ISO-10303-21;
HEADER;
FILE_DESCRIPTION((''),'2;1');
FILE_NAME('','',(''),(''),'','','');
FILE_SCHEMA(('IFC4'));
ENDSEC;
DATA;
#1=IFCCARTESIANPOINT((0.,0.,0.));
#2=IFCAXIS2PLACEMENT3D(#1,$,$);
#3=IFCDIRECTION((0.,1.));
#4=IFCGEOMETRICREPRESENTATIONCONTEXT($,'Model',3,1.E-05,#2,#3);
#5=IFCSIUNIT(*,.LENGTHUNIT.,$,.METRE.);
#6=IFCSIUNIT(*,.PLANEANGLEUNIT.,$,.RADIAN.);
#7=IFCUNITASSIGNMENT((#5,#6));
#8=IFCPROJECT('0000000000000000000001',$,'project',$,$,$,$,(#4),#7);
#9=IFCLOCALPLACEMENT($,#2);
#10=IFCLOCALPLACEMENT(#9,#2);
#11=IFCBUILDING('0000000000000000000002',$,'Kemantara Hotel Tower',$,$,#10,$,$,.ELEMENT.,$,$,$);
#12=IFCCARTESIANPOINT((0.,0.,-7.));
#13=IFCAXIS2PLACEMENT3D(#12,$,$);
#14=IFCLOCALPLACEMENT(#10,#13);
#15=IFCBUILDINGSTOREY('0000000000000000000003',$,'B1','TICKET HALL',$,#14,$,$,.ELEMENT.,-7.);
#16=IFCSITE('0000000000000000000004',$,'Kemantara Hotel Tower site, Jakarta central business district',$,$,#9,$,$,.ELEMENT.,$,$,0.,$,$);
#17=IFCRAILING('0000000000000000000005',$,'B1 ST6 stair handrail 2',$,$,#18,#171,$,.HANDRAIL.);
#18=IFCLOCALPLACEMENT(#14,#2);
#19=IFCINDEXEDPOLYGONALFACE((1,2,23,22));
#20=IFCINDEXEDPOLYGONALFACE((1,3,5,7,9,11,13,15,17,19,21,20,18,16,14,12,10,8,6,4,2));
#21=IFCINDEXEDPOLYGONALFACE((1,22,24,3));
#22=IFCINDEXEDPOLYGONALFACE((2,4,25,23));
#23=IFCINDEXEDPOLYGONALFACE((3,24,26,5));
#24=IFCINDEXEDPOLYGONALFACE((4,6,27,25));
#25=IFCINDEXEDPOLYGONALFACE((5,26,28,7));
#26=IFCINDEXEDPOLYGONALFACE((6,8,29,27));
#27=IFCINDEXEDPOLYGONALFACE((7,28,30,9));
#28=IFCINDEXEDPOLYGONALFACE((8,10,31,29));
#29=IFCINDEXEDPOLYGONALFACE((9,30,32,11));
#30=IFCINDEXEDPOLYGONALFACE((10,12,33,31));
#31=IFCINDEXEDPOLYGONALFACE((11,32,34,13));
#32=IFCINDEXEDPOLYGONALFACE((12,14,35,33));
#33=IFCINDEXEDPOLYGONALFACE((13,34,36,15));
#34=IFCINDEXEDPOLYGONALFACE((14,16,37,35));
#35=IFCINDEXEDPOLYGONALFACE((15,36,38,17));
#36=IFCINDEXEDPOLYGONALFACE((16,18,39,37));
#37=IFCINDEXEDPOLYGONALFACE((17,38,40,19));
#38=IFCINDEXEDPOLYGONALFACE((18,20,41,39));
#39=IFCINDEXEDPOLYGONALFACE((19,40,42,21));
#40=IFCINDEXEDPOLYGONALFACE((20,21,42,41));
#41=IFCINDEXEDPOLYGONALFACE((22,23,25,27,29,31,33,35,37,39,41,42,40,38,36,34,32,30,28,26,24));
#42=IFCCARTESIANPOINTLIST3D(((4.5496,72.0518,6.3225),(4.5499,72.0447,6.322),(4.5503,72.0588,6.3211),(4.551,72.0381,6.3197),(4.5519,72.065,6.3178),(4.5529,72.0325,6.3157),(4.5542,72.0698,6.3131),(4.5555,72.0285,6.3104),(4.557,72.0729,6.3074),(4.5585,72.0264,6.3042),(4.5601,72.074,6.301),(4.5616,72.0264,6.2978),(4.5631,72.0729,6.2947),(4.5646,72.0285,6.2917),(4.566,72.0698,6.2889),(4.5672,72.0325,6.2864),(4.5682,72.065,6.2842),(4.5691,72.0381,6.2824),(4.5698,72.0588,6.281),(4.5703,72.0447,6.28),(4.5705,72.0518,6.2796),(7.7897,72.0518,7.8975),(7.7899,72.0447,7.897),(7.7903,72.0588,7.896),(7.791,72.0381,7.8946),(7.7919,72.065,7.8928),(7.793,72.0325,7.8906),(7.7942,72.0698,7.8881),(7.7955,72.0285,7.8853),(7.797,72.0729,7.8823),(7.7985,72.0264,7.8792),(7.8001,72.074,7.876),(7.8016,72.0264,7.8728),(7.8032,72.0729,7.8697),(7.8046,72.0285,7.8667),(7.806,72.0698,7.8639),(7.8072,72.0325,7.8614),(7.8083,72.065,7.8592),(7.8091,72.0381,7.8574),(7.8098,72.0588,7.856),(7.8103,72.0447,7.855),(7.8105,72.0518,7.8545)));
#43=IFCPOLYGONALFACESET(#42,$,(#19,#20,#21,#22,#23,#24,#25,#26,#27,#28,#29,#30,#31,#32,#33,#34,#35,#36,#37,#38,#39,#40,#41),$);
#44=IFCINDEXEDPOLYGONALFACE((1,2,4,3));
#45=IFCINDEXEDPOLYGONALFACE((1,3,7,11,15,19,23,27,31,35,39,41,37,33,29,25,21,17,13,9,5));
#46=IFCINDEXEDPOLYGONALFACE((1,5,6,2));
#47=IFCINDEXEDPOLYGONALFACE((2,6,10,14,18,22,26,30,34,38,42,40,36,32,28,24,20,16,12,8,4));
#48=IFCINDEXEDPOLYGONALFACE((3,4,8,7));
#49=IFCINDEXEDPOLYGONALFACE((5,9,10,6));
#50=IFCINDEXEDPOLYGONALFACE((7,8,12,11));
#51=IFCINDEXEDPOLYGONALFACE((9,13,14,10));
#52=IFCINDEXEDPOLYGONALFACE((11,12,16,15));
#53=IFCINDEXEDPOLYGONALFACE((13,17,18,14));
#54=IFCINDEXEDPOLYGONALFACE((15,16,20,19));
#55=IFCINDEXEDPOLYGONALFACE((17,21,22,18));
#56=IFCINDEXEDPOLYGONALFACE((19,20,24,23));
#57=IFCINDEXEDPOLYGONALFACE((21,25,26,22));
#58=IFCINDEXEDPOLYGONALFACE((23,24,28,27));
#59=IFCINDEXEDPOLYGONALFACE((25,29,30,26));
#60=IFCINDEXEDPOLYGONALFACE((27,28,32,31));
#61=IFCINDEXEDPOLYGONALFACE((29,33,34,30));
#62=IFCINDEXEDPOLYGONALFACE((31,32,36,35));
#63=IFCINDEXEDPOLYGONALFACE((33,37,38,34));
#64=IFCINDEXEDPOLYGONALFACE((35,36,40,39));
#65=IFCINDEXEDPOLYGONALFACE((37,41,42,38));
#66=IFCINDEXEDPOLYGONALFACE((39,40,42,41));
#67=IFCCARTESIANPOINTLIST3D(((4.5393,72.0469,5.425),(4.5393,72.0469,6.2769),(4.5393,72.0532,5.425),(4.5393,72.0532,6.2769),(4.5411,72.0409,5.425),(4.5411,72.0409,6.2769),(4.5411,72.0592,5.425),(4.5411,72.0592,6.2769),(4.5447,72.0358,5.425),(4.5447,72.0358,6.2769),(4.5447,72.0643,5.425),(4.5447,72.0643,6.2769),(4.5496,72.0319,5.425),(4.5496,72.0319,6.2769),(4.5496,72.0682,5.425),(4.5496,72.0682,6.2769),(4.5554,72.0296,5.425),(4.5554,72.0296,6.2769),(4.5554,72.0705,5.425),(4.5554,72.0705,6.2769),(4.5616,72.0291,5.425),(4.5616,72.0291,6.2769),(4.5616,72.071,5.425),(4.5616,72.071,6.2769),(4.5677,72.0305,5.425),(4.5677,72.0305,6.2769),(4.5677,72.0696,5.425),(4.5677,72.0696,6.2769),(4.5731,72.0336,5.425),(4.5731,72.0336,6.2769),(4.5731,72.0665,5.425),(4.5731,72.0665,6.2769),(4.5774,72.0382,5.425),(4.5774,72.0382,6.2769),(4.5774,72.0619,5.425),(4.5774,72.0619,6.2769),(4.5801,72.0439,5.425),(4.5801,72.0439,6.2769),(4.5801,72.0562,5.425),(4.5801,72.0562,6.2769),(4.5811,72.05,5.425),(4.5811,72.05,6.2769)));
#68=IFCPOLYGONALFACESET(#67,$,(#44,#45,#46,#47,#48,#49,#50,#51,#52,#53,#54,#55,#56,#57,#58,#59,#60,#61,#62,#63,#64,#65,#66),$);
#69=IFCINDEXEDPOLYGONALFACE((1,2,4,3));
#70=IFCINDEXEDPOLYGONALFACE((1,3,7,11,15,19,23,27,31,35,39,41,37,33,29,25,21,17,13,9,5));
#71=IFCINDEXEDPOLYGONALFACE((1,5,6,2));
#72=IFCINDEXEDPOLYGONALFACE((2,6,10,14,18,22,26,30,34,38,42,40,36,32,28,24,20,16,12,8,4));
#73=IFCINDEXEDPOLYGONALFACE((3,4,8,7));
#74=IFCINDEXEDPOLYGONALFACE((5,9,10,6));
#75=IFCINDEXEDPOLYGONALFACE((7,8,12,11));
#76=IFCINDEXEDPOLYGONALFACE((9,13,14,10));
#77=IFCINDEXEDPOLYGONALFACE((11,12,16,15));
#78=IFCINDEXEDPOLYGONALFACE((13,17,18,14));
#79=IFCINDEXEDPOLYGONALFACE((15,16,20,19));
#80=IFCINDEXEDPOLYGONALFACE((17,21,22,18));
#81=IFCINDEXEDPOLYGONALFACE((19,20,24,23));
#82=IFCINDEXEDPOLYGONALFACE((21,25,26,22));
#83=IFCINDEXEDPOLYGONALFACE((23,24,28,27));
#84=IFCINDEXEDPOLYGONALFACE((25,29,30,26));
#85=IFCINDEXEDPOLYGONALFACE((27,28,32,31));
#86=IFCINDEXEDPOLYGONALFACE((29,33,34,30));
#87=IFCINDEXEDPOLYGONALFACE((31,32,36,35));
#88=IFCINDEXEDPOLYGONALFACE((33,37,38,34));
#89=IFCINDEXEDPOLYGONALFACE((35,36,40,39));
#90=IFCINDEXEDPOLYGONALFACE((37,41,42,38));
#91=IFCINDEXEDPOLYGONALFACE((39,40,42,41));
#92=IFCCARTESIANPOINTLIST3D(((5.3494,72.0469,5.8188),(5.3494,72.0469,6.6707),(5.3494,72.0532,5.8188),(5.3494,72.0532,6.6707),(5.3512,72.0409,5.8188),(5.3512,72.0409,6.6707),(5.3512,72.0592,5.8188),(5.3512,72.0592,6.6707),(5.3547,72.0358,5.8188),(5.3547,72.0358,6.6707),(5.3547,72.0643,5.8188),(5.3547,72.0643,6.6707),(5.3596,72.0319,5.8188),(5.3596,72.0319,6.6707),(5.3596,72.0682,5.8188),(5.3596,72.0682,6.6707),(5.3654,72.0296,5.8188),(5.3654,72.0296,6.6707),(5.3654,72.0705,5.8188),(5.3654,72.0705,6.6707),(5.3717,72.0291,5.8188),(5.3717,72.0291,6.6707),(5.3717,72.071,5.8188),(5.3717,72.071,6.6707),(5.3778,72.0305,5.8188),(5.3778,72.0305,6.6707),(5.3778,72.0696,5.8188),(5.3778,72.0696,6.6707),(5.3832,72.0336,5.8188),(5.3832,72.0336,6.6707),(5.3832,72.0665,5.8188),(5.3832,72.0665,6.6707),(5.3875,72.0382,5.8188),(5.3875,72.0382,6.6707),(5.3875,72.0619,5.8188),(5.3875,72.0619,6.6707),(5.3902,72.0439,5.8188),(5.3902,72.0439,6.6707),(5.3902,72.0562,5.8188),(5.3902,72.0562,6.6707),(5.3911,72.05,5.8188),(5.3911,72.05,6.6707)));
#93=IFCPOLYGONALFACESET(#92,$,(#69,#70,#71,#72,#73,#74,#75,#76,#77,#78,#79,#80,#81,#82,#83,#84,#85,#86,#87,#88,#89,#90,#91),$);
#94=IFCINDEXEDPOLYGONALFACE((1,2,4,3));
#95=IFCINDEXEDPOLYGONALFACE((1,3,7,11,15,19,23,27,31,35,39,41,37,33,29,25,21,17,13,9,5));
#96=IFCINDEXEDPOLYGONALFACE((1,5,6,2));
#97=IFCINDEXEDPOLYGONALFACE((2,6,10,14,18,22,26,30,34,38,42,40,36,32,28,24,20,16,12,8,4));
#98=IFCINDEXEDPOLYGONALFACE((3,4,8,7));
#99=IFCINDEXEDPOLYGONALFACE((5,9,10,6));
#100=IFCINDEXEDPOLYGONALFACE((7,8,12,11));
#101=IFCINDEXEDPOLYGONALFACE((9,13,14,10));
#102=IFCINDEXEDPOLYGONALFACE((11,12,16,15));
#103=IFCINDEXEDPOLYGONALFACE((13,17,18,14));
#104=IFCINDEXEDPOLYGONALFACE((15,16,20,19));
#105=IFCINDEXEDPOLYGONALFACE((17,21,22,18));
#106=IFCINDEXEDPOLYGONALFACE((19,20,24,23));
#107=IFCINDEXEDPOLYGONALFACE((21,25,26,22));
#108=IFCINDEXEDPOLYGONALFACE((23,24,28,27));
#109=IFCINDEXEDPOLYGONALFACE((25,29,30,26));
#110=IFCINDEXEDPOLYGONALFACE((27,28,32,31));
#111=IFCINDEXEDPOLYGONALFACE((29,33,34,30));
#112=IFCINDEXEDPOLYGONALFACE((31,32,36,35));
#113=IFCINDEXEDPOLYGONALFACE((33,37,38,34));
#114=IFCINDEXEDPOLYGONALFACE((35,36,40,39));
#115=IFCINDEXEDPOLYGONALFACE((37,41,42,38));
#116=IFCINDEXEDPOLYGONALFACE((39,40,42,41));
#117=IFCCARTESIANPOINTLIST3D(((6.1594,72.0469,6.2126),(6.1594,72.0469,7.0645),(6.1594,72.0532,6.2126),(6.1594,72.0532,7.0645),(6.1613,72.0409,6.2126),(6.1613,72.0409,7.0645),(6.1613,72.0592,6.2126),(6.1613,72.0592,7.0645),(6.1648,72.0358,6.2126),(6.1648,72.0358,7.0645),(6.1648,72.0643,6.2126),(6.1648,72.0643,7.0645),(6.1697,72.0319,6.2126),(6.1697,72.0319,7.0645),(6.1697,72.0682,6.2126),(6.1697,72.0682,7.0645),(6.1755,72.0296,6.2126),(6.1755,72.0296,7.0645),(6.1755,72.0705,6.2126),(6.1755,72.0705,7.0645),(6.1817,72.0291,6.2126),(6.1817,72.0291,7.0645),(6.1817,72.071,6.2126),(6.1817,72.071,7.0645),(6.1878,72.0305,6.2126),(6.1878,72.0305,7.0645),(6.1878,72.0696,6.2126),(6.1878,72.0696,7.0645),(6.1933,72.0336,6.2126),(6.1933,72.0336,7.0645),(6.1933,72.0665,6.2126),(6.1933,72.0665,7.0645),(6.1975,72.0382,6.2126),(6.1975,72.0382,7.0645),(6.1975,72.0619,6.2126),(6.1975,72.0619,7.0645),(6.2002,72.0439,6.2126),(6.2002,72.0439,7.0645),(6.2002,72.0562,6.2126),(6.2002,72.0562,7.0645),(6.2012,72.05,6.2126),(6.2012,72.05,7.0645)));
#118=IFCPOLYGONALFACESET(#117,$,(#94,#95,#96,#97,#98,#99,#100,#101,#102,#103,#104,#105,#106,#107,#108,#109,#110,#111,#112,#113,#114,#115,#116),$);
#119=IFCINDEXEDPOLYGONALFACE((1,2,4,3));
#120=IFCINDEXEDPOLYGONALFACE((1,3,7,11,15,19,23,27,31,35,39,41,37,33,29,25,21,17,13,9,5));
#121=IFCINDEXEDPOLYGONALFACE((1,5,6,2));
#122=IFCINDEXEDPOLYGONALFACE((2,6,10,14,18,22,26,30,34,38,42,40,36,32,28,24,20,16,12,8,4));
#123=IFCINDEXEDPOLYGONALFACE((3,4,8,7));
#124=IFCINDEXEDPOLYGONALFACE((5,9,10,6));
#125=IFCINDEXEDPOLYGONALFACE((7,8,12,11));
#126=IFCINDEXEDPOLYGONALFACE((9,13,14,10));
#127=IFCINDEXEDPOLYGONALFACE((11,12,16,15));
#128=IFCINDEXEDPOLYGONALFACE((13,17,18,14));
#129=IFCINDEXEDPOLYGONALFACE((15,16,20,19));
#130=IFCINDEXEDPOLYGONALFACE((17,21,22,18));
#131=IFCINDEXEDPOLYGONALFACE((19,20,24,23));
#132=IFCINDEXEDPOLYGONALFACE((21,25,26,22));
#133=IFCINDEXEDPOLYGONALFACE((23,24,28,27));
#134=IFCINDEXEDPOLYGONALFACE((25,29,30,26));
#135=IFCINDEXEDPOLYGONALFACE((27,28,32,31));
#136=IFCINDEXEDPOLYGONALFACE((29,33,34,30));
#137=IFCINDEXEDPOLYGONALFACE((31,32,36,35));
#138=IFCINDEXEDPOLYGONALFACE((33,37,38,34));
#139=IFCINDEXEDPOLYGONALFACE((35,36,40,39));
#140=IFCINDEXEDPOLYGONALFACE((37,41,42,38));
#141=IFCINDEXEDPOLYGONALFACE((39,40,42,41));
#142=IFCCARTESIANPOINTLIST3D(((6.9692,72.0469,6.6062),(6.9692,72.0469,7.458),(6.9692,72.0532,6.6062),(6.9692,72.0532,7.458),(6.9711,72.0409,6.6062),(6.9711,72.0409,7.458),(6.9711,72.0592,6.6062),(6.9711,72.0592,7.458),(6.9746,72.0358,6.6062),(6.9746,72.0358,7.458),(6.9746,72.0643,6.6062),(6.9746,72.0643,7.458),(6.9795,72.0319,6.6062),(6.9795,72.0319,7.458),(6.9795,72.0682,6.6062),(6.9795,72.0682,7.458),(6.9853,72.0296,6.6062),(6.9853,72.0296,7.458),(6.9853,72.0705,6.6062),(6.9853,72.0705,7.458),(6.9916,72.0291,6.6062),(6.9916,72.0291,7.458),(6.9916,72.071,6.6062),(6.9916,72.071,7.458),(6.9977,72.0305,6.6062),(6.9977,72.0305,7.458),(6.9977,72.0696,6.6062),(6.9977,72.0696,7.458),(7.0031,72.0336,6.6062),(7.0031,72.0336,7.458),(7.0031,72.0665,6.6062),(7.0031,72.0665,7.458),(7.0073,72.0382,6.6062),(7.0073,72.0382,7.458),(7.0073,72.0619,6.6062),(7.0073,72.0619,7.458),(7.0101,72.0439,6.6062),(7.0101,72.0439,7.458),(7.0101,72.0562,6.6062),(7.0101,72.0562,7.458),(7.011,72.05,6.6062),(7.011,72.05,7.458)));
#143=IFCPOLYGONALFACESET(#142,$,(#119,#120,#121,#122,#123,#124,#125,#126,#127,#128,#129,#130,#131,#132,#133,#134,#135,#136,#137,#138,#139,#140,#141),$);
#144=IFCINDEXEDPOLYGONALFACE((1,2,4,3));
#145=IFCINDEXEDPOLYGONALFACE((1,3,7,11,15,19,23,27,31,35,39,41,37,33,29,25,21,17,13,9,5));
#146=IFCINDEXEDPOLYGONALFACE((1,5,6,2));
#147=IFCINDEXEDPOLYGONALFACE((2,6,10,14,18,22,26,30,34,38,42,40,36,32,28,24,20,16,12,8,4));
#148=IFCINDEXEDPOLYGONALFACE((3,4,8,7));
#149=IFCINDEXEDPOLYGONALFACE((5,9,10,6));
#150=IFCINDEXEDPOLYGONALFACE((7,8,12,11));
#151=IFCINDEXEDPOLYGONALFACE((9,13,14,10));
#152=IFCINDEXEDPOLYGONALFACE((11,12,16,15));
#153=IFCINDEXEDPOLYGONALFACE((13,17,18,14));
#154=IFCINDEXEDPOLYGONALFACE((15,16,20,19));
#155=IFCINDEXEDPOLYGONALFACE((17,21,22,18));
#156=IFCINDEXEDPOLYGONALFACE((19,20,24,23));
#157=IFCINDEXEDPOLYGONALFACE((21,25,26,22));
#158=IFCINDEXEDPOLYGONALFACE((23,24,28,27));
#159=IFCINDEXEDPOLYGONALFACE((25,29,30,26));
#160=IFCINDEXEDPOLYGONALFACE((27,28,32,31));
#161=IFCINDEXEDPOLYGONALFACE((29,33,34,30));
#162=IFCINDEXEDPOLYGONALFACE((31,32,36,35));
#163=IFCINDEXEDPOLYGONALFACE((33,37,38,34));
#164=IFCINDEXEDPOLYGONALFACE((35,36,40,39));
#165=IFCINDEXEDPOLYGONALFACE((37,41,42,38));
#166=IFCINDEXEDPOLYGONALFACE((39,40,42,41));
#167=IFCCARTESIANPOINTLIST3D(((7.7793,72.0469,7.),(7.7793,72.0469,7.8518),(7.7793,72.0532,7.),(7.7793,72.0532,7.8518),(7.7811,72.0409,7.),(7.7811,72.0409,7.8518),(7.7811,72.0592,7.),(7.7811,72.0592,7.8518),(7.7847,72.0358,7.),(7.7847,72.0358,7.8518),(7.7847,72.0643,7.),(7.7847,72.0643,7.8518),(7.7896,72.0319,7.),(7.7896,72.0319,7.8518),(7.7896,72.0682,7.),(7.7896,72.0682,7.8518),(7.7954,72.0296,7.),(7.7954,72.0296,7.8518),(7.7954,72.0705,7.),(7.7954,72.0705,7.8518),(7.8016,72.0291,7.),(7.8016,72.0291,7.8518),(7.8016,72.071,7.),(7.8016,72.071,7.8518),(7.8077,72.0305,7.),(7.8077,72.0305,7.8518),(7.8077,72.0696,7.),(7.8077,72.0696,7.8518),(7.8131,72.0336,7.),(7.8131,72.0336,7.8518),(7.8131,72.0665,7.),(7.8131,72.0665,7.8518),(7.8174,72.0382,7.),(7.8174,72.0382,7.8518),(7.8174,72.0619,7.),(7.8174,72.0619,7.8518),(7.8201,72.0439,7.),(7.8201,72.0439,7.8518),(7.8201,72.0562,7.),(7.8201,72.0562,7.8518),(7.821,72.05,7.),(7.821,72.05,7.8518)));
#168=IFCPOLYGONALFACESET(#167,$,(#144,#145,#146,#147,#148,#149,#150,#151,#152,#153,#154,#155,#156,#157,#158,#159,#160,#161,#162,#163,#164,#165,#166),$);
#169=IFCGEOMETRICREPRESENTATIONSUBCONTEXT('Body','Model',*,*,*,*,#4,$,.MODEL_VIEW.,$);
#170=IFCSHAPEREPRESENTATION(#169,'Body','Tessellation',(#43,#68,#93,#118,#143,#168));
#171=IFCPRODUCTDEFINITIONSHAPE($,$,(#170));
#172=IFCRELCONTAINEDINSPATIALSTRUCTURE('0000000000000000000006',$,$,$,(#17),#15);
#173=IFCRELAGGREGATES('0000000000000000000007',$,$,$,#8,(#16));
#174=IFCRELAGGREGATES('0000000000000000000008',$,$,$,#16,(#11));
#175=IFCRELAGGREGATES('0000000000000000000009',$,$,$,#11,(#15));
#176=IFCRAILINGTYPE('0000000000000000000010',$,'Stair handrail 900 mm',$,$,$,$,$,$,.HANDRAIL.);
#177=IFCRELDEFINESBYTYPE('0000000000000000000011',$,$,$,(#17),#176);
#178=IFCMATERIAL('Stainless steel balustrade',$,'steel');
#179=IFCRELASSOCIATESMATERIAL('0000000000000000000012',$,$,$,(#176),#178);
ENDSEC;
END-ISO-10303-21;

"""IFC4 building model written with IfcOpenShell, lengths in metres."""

from ifc_helpers import new_model, si_unit, direction, frame, origin, origin_2d, place, context, subcontext, project, spatial, circle, extrude, material, type_object, element, save


model = new_model("IFC4")

# Units and contexts
model_context = context("Model", 3, precision=1e-05, world=origin(), true_north=direction((0.0, 1.0)))
body_context = subcontext(model_context, "Body", "Model", "MODEL_VIEW")
ifc_project = project(units=[si_unit("LENGTHUNIT", "METRE"), si_unit("PLANEANGLEUNIT", "RADIAN")], contexts=[model_context])

# Site, building, storey
site_placement = place(None, origin())
site = spatial("IfcSite", under=ifc_project, at=site_placement, Name="Kemantara Hotel Tower site, Jakarta central business district", CompositionType="ELEMENT", RefElevation=0.0)
building_placement = place(site_placement, origin())
building = spatial("IfcBuilding", under=site, at=building_placement, Name="Kemantara Hotel Tower", CompositionType="ELEMENT")
storey_placement = place(building_placement, frame((0.0, 0.0, -7.0)))
storey = spatial("IfcBuildingStorey", under=building, at=storey_placement, Name="B1", Description="TICKET HALL", CompositionType="ELEMENT", Elevation=-7.0)

# Railing
ifc_material_1 = material(Name="Stainless steel balustrade", Category="steel")
railing_type_1 = type_object("IfcRailingType", Name="Stair handrail 900 mm", PredefinedType="HANDRAIL", material=ifc_material_1)
railing_1_placement = place(storey_placement, frame((4.5601, 72.05, 5.425)))
element("IfcRailing", 1, at=railing_1_placement, inside=storey, type_object=railing_type_1, Name="B1 ST6 stair handrail 2", PredefinedType="HANDRAIL", context=body_context, shape_type="SweptSolid", body=[
    extrude(circle(Radius=0.0239, at=origin_2d()), frame((0.0, 0.0, 0.876), z_axis=(0.899373, 0.0, 0.437183), x_axis=(0.0, 1.0, 0.0)), (0.0, 0.0, 1.0), 3.6025),
    extrude(circle(Radius=0.021, at=origin_2d()), origin(), (0.0, 0.0, 1.0), 0.8518),
    extrude(circle(Radius=0.021, at=origin_2d()), frame((0.8101, 0.0, 0.3938)), (0.0, 0.0, 1.0), 0.8518),
    extrude(circle(Radius=0.021, at=origin_2d()), frame((1.6201, 0.0, 0.7876)), (0.0, 0.0, 1.0), 0.8518),
    extrude(circle(Radius=0.021, at=origin_2d()), frame((2.4299, 0.0, 1.1812)), (0.0, 0.0, 1.0), 0.8518),
    extrude(circle(Radius=0.021, at=origin_2d()), frame((3.24, 0.0, 1.575)), (0.0, 0.0, 1.0), 0.8518),
])

save(model, "model.ifc")
